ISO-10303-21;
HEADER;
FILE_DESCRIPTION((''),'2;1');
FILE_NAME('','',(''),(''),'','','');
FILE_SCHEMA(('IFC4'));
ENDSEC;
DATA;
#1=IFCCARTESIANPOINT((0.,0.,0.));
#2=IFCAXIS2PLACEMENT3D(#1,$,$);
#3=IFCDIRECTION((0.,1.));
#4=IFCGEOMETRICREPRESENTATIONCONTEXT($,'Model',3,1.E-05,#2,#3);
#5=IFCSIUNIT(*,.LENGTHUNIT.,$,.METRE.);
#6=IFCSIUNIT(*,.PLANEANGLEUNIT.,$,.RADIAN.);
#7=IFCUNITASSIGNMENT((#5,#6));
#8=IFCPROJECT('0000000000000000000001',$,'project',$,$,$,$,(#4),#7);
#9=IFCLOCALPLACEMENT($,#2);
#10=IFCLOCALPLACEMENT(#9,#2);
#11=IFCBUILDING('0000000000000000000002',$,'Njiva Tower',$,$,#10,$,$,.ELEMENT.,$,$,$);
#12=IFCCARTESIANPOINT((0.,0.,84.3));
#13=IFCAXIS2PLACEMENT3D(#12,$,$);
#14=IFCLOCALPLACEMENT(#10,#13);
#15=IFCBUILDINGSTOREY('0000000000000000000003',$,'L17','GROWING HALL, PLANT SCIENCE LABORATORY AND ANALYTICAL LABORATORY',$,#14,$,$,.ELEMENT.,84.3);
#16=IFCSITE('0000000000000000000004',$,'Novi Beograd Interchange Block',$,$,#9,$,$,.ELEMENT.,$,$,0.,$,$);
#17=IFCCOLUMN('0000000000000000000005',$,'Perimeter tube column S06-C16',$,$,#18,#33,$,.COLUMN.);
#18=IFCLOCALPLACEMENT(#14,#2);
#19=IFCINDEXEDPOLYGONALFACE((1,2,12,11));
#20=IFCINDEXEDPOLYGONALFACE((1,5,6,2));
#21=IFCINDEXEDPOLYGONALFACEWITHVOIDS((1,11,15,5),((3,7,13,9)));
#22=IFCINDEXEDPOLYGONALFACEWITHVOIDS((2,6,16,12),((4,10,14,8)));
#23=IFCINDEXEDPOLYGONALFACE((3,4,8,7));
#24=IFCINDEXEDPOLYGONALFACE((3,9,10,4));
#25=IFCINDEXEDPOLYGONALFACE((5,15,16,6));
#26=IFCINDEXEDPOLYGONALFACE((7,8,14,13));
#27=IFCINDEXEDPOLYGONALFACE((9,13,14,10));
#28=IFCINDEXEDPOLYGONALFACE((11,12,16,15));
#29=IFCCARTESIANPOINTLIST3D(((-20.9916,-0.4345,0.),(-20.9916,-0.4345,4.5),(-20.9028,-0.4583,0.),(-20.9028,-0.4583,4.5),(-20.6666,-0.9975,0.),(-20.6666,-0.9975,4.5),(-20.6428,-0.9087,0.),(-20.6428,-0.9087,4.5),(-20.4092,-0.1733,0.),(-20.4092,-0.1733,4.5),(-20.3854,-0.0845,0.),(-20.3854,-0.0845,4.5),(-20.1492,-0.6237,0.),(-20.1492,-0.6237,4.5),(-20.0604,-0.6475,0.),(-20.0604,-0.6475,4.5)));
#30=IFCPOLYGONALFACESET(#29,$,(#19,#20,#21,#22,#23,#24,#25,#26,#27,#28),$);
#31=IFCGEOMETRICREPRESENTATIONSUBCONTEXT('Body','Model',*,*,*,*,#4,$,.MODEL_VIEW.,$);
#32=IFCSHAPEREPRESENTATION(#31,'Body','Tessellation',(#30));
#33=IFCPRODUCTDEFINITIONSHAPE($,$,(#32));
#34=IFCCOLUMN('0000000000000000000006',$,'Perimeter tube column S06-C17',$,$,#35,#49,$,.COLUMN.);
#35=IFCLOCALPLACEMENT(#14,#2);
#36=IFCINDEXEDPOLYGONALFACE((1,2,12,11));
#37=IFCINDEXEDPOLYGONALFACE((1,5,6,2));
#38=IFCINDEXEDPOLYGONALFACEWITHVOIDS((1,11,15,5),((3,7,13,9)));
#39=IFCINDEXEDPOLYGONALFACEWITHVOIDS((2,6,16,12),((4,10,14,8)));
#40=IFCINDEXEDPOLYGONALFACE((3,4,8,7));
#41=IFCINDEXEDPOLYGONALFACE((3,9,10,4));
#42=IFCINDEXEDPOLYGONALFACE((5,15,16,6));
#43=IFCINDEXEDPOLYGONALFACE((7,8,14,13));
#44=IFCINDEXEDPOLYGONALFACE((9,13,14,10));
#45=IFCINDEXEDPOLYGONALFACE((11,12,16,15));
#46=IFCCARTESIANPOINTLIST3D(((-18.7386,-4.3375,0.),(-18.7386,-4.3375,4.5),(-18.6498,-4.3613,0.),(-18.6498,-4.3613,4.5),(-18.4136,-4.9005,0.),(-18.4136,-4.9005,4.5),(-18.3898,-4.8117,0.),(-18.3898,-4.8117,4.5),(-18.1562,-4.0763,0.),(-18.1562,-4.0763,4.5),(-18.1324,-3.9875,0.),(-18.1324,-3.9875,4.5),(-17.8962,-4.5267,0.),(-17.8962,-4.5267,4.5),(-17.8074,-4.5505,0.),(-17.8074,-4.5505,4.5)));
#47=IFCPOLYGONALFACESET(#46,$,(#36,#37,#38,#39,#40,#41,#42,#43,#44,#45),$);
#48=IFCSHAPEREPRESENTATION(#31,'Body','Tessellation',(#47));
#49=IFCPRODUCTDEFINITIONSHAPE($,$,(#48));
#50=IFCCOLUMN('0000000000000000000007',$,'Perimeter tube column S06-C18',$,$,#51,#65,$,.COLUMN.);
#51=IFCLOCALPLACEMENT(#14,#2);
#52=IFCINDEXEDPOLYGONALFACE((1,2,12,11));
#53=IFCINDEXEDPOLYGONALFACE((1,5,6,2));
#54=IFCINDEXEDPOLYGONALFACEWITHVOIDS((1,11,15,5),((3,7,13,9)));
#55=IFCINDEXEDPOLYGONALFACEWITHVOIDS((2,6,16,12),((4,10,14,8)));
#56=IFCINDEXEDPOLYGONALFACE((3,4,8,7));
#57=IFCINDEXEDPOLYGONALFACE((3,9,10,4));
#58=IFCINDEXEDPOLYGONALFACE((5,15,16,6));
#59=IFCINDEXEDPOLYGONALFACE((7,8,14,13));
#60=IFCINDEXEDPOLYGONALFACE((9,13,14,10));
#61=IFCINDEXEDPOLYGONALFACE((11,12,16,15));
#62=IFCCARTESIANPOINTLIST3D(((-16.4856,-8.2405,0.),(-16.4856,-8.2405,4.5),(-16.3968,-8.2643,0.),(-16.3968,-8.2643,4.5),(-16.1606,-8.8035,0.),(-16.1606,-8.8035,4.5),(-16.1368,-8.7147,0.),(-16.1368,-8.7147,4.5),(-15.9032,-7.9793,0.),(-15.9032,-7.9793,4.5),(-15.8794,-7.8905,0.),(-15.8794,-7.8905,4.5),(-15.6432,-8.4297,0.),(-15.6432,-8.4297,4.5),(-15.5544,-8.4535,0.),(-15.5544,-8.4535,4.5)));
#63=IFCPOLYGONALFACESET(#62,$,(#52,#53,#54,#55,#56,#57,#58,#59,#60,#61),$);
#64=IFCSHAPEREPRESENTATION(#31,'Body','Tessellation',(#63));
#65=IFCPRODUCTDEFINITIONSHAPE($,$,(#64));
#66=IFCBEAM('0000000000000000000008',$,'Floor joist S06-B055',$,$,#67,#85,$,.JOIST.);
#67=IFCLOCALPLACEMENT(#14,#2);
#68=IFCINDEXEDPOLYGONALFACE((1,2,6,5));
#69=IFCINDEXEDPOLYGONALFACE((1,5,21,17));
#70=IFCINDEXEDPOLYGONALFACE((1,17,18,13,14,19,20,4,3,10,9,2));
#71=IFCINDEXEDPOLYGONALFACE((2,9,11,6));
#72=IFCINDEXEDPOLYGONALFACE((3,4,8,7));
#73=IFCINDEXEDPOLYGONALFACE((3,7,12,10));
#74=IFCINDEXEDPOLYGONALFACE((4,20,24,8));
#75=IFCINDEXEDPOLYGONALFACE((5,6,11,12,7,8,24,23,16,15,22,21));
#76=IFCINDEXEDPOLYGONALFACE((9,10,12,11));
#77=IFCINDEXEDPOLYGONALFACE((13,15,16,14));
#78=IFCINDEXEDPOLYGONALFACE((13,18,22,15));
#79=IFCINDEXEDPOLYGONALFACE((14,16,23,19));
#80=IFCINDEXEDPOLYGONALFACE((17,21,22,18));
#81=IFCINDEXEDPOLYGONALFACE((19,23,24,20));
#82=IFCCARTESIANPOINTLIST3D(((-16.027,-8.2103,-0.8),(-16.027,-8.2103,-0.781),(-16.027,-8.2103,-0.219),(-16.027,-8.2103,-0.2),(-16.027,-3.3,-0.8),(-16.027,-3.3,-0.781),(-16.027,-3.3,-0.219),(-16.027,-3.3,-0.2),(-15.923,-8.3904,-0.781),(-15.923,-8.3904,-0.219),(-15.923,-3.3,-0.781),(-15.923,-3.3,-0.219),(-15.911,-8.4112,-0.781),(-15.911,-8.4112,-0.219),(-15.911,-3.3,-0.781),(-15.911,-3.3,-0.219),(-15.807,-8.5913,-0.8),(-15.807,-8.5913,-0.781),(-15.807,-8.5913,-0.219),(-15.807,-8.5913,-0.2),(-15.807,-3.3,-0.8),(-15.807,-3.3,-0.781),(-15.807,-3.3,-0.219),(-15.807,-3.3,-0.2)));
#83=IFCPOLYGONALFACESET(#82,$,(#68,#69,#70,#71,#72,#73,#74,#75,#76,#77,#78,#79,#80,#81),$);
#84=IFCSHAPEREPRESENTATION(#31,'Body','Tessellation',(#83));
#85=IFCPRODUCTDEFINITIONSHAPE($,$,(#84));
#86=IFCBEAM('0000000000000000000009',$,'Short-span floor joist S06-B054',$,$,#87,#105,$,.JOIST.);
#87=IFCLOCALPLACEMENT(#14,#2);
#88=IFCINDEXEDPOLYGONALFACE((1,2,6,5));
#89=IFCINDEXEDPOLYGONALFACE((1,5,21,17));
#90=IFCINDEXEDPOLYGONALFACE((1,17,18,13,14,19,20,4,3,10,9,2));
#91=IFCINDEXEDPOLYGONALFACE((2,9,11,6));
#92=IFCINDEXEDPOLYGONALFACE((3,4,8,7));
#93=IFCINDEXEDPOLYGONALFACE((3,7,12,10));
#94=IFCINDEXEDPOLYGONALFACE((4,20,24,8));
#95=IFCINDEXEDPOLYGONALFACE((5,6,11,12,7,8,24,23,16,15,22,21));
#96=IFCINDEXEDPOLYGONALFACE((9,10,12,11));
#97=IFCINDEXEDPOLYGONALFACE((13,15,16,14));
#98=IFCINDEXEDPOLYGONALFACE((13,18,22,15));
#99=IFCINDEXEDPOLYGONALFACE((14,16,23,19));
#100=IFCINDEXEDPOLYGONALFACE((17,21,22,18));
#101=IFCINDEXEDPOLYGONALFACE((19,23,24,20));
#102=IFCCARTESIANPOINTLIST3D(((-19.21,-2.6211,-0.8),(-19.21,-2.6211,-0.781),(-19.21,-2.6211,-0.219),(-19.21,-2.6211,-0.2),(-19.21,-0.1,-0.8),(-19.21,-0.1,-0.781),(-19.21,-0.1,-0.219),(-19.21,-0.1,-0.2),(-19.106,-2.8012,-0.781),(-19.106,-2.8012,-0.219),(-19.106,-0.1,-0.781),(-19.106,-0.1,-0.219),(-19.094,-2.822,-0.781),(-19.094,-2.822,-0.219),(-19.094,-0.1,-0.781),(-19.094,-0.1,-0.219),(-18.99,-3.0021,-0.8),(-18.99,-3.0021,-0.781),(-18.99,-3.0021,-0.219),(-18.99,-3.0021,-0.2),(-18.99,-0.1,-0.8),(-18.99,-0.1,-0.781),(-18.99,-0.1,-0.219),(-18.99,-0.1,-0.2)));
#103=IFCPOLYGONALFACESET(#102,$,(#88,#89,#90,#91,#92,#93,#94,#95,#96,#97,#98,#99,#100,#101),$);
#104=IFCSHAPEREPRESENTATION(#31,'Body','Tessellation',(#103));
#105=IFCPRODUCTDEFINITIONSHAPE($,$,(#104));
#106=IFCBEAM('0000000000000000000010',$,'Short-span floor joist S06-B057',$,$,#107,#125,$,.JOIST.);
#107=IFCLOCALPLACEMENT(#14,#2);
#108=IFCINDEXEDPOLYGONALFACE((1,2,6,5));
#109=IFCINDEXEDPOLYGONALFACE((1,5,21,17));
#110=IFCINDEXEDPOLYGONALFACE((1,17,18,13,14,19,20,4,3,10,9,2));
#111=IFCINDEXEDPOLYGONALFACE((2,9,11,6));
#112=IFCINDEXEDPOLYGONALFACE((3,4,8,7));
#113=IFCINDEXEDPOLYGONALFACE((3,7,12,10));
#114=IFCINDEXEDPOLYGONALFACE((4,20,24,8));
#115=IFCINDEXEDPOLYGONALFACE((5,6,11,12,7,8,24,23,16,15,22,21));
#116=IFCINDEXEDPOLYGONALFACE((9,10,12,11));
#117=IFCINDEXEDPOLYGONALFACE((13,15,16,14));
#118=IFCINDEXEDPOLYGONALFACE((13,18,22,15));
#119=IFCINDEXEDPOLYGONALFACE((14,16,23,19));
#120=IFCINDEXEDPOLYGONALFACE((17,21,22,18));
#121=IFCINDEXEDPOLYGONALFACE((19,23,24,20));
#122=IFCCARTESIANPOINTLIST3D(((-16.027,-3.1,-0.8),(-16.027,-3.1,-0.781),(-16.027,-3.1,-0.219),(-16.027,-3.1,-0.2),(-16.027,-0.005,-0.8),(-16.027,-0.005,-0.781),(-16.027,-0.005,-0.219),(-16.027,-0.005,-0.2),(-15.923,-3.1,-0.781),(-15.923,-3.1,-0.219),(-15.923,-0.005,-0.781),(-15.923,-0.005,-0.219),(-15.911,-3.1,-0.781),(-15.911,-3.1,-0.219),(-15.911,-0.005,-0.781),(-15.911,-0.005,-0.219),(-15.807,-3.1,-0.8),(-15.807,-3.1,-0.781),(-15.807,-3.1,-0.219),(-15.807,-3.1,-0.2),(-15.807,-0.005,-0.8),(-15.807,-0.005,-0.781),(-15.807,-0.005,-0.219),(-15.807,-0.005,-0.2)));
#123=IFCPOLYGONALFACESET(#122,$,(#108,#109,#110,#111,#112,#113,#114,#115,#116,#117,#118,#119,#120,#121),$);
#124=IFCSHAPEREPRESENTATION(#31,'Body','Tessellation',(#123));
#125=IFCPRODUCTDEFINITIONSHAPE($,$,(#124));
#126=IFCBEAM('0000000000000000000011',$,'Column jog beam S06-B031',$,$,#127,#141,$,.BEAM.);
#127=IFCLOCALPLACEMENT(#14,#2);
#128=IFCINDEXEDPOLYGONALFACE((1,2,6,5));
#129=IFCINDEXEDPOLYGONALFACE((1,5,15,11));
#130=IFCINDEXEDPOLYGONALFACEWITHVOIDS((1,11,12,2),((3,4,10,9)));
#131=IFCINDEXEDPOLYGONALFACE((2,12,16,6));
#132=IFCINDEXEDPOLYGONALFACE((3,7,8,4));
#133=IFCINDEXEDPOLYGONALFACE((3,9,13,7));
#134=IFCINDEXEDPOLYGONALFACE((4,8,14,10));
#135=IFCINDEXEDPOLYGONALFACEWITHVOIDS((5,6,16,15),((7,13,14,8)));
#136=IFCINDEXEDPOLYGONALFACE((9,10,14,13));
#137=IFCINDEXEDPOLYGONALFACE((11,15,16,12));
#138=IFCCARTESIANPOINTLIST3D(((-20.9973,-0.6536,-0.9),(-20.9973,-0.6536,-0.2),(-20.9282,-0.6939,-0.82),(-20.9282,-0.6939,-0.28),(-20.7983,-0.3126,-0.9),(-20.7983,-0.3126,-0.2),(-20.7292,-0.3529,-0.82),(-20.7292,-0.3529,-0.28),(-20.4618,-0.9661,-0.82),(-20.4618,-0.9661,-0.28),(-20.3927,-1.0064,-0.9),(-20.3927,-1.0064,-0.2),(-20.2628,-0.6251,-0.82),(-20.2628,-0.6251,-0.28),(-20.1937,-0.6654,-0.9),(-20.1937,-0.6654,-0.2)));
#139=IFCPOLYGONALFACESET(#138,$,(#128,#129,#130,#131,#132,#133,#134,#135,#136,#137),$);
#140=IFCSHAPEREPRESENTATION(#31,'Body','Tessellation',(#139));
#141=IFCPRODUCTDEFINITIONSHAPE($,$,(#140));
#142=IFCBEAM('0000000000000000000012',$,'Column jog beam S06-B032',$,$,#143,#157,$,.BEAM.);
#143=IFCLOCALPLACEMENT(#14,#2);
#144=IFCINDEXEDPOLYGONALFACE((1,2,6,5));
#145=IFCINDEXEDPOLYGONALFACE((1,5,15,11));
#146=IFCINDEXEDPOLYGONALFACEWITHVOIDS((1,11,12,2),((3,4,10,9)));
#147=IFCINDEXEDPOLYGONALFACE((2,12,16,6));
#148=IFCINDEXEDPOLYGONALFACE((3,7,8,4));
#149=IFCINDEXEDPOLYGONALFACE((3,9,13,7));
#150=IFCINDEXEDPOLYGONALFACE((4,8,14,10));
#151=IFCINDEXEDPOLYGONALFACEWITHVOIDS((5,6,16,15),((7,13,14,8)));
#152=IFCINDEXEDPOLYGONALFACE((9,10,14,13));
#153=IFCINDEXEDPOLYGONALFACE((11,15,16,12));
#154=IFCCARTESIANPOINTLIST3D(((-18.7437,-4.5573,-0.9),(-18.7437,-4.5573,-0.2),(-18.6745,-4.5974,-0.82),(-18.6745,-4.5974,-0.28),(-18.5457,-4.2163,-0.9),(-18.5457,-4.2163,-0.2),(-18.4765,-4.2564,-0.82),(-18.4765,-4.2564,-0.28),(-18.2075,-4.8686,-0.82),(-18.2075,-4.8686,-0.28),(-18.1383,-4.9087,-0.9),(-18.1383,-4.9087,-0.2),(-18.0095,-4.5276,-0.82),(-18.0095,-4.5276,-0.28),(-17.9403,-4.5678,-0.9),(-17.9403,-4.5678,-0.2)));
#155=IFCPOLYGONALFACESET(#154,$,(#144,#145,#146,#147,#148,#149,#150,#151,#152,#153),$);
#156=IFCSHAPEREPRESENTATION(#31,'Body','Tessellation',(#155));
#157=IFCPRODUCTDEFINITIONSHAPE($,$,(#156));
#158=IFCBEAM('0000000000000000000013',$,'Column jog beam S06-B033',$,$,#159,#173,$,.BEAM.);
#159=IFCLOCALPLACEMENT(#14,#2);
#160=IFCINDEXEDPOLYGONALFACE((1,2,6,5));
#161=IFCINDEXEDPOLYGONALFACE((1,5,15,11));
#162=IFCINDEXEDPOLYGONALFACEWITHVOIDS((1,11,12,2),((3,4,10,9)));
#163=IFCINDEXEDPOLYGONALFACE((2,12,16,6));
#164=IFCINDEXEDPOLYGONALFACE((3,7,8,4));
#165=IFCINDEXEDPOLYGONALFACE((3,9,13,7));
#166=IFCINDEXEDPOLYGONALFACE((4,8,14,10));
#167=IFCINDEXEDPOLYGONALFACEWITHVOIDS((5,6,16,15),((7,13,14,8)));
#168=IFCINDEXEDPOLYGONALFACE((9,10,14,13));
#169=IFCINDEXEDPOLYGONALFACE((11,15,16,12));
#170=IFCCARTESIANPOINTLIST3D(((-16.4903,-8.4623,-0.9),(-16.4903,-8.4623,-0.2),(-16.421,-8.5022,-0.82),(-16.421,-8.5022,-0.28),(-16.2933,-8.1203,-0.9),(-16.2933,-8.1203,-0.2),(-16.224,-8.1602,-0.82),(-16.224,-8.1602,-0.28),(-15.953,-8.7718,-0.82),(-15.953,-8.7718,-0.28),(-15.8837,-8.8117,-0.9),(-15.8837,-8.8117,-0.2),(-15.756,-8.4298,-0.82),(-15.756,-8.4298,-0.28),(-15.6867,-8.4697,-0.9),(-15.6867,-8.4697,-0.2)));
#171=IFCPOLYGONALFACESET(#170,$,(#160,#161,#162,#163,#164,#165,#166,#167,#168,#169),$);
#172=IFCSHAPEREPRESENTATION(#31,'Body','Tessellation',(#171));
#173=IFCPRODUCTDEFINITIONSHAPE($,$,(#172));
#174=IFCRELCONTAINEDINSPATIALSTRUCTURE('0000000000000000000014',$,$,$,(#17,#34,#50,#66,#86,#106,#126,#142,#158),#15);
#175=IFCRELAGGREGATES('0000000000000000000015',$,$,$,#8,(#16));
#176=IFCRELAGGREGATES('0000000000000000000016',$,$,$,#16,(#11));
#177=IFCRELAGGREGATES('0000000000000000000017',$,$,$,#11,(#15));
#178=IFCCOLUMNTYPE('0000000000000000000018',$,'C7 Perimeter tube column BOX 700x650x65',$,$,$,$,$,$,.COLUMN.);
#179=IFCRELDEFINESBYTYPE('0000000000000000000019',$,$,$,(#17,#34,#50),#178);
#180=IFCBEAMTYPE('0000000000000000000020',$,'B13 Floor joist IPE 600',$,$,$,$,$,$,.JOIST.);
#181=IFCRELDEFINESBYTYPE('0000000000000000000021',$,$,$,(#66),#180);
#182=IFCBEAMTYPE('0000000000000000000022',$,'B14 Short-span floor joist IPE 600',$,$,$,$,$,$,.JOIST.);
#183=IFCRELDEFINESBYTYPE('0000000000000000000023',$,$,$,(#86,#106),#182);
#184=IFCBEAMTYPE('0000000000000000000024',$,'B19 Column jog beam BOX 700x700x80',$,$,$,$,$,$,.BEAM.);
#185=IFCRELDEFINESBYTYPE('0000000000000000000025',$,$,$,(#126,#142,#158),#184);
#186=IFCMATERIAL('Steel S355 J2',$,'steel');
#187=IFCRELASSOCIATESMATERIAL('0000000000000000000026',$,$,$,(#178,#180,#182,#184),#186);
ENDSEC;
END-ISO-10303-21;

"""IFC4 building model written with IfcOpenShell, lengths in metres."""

from ifc_helpers import new_model, si_unit, direction, frame, origin, origin_2d, place, context, subcontext, project, spatial, hollow_rectangle, i_section, extrude, clip, halfspace, material, material_profile, profile_set, type_object, element, save


model = new_model("IFC4")

# Units and contexts
model_context = context("Model", 3, precision=1e-05, world=origin(), true_north=direction((0.0, 1.0)))
body_context = subcontext(model_context, "Body", "Model", "MODEL_VIEW")
ifc_project = project(units=[si_unit("LENGTHUNIT", "METRE"), si_unit("PLANEANGLEUNIT", "RADIAN")], contexts=[model_context])

# Site, building, storey
site_placement = place(None, origin())
site = spatial("IfcSite", under=ifc_project, at=site_placement, Name="Novi Beograd Interchange Block", CompositionType="ELEMENT", RefElevation=0.0)
building_placement = place(site_placement, origin())
building = spatial("IfcBuilding", under=site, at=building_placement, Name="Njiva Tower", CompositionType="ELEMENT")
storey_placement = place(building_placement, frame((0.0, 0.0, 84.3)))
storey = spatial("IfcBuildingStorey", under=building, at=storey_placement, Name="L17", Description="GROWING HALL, PLANT SCIENCE LABORATORY AND ANALYTICAL LABORATORY", CompositionType="ELEMENT", Elevation=84.3)

# Columns
ifc_material_1 = material(Name="Steel S355 J2", Category="steel")
ifc_material_profile_1 = material_profile(ifc_material_1, hollow_rectangle(XDim=0.65, YDim=0.7, WallThickness=0.065, at=origin_2d()), Name="BOX 700x650x65")
ifc_profile_set_1 = profile_set([ifc_material_profile_1], Name="Steel S355 J2")
column_type = type_object("IfcColumnType", Name="C7 Perimeter tube column BOX 700x650x65", PredefinedType="COLUMN", material=ifc_profile_set_1)
for number, where, z_axis, x_axis, name in (
    (1, (-20.526, -0.541, 0.0), (0.0, 0.0, 1.0), (0.5, -0.866025, 0.0), "Perimeter tube column S06-C16"),
    (2, (-18.273, -4.444, 0.0), (0.0, 0.0, 1.0), (0.5, -0.866025, 0.0), "Perimeter tube column S06-C17"),
    (3, (-16.02, -8.347, 0.0), (0.0, 0.0, 1.0), (0.5, -0.866025, 0.0), "Perimeter tube column S06-C18"),
):
    element("IfcColumn", number, at=place(storey_placement, frame(where, z_axis=z_axis, x_axis=x_axis)), inside=storey, type_object=column_type, Name=name, PredefinedType="COLUMN", context=body_context, shape_type="SweptSolid", body=[
        extrude(hollow_rectangle(XDim=0.65, YDim=0.7, WallThickness=0.065, at=origin_2d()), origin(), (0.0, 0.0, 1.0), 4.5),
    ])

# Beams
ifc_material_profile_2 = material_profile(ifc_material_1, i_section(OverallWidth=0.22, OverallDepth=0.6, WebThickness=0.012, FlangeThickness=0.019, at=origin_2d()), Name="IPE 600")
ifc_profile_set_2 = profile_set([ifc_material_profile_2], Name="Steel S355 J2")
beam_type_1 = type_object("IfcBeamType", Name="B13 Floor joist IPE 600", PredefinedType="JOIST", material=ifc_profile_set_2)
beam_1_placement = place(storey_placement, frame((-15.917, -3.3, -0.5), z_axis=(0.0, -1.0, 0.0), x_axis=(1.0, 0.0, 0.0)))
element("IfcBeam", 4, at=beam_1_placement, inside=storey, type_object=beam_type_1, Name="Floor joist S06-B055", PredefinedType="JOIST", context=body_context, shape_type="Clipping", body=[
    clip(extrude(i_section(OverallWidth=0.22, OverallDepth=0.6, WebThickness=0.012, FlangeThickness=0.019, at=origin_2d()), origin(), (0.0, 0.0, 1.0), 5.312), halfspace(frame((-0.043, 0.0, 5.0263), z_axis=(-0.866027, 0.0, 0.499998), x_axis=(0.0, 1.0, 0.0)), False)),
])
ifc_material_profile_3 = material_profile(ifc_material_1, i_section(OverallWidth=0.22, OverallDepth=0.6, WebThickness=0.012, FlangeThickness=0.019, at=origin_2d()), Name="IPE 600")
ifc_profile_set_3 = profile_set([ifc_material_profile_3], Name="Steel S355 J2")
beam_type_2 = type_object("IfcBeamType", Name="B14 Short-span floor joist IPE 600", PredefinedType="JOIST", material=ifc_profile_set_3)
beam_2_placement = place(storey_placement, frame((-19.1, -0.1, -0.5), z_axis=(0.0, -1.0, 0.0), x_axis=(1.0, 0.0, 0.0)))
element("IfcBeam", 5, at=beam_2_placement, inside=storey, type_object=beam_type_2, Name="Short-span floor joist S06-B054", PredefinedType="JOIST", context=body_context, shape_type="Clipping", body=[
    clip(extrude(i_section(OverallWidth=0.22, OverallDepth=0.6, WebThickness=0.012, FlangeThickness=0.019, at=origin_2d()), origin(), (0.0, 0.0, 1.0), 2.923), halfspace(frame((-0.0433, 0.0, 2.6366), z_axis=(-0.866027, 0.0, 0.499998), x_axis=(0.0, 1.0, 0.0)), False)),
])
beam_3_placement = place(storey_placement, frame((-15.917, -0.005, -0.5), z_axis=(0.0, -1.0, 0.0), x_axis=(1.0, 0.0, 0.0)))
element("IfcBeam", 6, at=beam_3_placement, inside=storey, type_object=beam_type_2, Name="Short-span floor joist S06-B057", PredefinedType="JOIST", context=body_context, shape_type="SweptSolid", body=[
    extrude(i_section(OverallWidth=0.22, OverallDepth=0.6, WebThickness=0.012, FlangeThickness=0.019, at=origin_2d()), origin(), (0.0, 0.0, 1.0), 3.095),
])
ifc_material_profile_4 = material_profile(ifc_material_1, hollow_rectangle(XDim=0.7, YDim=0.7, WallThickness=0.08, at=origin_2d()), Name="BOX 700x700x80")
ifc_profile_set_4 = profile_set([ifc_material_profile_4], Name="Steel S355 J2")
beam_type_3 = type_object("IfcBeamType", Name="B19 Column jog beam BOX 700x700x80", PredefinedType="BEAM", material=ifc_profile_set_4)
beam_4_placement = place(storey_placement, frame((-20.695, -0.83, -0.55), z_axis=(0.504028, 0.863687, 0.0), x_axis=(-0.863687, 0.504028, 0.0)))
element("IfcBeam", 7, at=beam_4_placement, inside=storey, type_object=beam_type_3, Name="Column jog beam S06-B031", PredefinedType="BEAM", context=body_context, shape_type="SweptSolid", body=[
    extrude(hollow_rectangle(XDim=0.7, YDim=0.7, WallThickness=0.08, at=origin_2d()), origin(), (0.0, 0.0, 1.0), 0.3948),
])
beam_5_placement = place(storey_placement, frame((-18.441, -4.733, -0.55), z_axis=(0.502136, 0.864789, 0.0), x_axis=(-0.864789, 0.502136, 0.0)))
element("IfcBeam", 8, at=beam_5_placement, inside=storey, type_object=beam_type_3, Name="Column jog beam S06-B032", PredefinedType="BEAM", context=body_context, shape_type="SweptSolid", body=[
    extrude(hollow_rectangle(XDim=0.7, YDim=0.7, WallThickness=0.08, at=origin_2d()), origin(), (0.0, 0.0, 1.0), 0.3943),
])
beam_6_placement = place(storey_placement, frame((-16.187, -8.637, -0.55), z_axis=(0.499137, 0.866523, 0.0), x_axis=(-0.866523, 0.499137, 0.0)))
element("IfcBeam", 9, at=beam_6_placement, inside=storey, type_object=beam_type_3, Name="Column jog beam S06-B033", PredefinedType="BEAM", context=body_context, shape_type="SweptSolid", body=[
    extrude(hollow_rectangle(XDim=0.7, YDim=0.7, WallThickness=0.08, at=origin_2d()), origin(), (0.0, 0.0, 1.0), 0.3947),
])

save(model, "model.ifc")
